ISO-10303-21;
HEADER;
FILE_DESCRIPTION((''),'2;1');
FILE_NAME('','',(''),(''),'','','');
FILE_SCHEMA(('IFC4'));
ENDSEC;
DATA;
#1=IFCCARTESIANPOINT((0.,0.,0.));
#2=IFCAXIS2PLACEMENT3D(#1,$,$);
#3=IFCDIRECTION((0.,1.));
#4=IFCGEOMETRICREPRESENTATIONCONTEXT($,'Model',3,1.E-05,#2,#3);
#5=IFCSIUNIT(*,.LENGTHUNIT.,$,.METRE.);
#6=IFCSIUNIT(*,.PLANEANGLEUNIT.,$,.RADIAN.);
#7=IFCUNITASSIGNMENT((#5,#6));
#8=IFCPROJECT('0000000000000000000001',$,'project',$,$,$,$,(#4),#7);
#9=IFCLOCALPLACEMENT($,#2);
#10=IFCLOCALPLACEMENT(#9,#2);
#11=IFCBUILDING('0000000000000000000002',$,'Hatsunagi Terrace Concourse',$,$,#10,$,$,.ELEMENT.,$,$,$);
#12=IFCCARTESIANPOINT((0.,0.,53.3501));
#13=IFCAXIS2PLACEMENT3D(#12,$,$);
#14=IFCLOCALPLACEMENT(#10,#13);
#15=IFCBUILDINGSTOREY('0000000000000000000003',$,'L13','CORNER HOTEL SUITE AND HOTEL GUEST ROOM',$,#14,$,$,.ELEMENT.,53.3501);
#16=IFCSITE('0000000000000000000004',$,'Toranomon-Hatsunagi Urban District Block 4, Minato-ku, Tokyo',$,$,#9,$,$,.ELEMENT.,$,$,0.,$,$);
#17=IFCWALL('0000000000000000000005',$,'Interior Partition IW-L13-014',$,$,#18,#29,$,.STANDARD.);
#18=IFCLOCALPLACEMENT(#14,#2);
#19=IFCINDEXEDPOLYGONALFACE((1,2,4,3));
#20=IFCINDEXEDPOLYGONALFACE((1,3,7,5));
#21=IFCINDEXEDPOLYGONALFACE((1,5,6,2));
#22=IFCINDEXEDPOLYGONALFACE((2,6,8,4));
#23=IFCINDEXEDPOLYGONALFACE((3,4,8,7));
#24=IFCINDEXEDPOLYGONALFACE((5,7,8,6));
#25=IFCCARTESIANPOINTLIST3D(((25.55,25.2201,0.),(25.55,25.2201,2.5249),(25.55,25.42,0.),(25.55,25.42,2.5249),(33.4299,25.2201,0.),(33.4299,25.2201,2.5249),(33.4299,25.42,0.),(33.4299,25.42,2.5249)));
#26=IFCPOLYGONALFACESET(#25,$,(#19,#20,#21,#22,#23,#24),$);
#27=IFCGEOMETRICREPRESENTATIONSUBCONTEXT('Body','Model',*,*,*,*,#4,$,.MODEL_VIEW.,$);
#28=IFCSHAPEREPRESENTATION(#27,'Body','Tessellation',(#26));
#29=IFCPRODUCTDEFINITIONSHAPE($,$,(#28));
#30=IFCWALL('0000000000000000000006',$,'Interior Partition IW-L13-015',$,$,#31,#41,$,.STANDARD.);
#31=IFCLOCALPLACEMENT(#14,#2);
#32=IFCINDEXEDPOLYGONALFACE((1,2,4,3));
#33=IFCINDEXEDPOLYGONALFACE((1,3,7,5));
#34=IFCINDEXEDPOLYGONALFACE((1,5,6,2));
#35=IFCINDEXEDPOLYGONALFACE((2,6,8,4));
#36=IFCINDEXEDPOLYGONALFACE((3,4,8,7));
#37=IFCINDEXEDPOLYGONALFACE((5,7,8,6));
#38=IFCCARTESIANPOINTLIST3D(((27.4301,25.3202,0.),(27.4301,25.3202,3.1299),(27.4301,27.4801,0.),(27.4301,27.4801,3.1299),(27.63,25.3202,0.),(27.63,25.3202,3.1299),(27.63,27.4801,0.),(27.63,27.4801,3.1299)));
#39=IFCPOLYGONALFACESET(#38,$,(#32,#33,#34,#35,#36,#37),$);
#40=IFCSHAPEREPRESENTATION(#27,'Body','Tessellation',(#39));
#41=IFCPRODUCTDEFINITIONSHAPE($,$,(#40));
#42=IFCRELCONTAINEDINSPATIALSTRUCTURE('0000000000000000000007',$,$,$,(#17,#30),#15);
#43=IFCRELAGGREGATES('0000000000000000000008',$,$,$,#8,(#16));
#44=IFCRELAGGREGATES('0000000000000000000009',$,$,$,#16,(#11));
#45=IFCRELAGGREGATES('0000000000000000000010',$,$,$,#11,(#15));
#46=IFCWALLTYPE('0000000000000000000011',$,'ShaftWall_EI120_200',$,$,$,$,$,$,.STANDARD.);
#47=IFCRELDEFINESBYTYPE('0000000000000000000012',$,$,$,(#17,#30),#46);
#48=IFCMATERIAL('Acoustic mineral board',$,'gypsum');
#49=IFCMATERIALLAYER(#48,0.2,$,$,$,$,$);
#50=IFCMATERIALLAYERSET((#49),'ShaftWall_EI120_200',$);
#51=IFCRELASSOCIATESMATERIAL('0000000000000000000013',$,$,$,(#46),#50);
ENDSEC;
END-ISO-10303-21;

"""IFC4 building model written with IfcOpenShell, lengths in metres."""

from ifc_helpers import new_model, si_unit, direction, frame, frame_2d, origin, place, context, subcontext, project, spatial, rectangle, extrude, material, layer, layer_set, type_object, element, save


model = new_model("IFC4")

# Units and contexts
model_context = context("Model", 3, precision=1e-05, world=origin(), true_north=direction((0.0, 1.0)))
body_context = subcontext(model_context, "Body", "Model", "MODEL_VIEW")
ifc_project = project(units=[si_unit("LENGTHUNIT", "METRE"), si_unit("PLANEANGLEUNIT", "RADIAN")], contexts=[model_context])

# Site, building, storey
site_placement = place(None, origin())
site = spatial("IfcSite", under=ifc_project, at=site_placement, Name="Toranomon-Hatsunagi Urban District Block 4, Minato-ku, Tokyo", CompositionType="ELEMENT", RefElevation=0.0)
building_placement = place(site_placement, origin())
building = spatial("IfcBuilding", under=site, at=building_placement, Name="Hatsunagi Terrace Concourse", CompositionType="ELEMENT")
storey_placement = place(building_placement, frame((0.0, 0.0, 53.3501)))
storey = spatial("IfcBuildingStorey", under=building, at=storey_placement, Name="L13", Description="CORNER HOTEL SUITE AND HOTEL GUEST ROOM", CompositionType="ELEMENT", Elevation=53.3501)

# Walls
ifc_material_1 = material(Name="Acoustic mineral board", Category="gypsum")
ifc_layer_1 = layer(ifc_material_1, 0.2)
ifc_layer_set_1 = layer_set([ifc_layer_1], Name="ShaftWall_EI120_200")
wall_type_1 = type_object("IfcWallType", Name="ShaftWall_EI120_200", PredefinedType="STANDARD", material=ifc_layer_set_1)
wall_1_placement = place(storey_placement, frame((25.55, 25.3201, 0.0), z_axis=(0.0, 0.0, 1.0), x_axis=(1.0, 0.0, 0.0)))
element("IfcWall", 1, at=wall_1_placement, inside=storey, type_object=wall_type_1, Name="Interior Partition IW-L13-014", PredefinedType="STANDARD", context=body_context, shape_type="SweptSolid", body=[
    extrude(rectangle(XDim=7.8799, YDim=0.2, at=frame_2d((3.9399, 0.0))), origin(), (0.0, 0.0, 1.0), 2.5249),
])
wall_2_placement = place(storey_placement, frame((27.53, 25.3201, 0.0), z_axis=(0.0, 0.0, 1.0), x_axis=(0.0, 1.0, 0.0)))
element("IfcWall", 2, at=wall_2_placement, inside=storey, type_object=wall_type_1, Name="Interior Partition IW-L13-015", PredefinedType="STANDARD", context=body_context, shape_type="SweptSolid", body=[
    extrude(rectangle(XDim=2.1599, YDim=0.2, at=frame_2d((1.0801, 0.0))), origin(), (0.0, 0.0, 1.0), 3.1299),
])

save(model, "model.ifc")
